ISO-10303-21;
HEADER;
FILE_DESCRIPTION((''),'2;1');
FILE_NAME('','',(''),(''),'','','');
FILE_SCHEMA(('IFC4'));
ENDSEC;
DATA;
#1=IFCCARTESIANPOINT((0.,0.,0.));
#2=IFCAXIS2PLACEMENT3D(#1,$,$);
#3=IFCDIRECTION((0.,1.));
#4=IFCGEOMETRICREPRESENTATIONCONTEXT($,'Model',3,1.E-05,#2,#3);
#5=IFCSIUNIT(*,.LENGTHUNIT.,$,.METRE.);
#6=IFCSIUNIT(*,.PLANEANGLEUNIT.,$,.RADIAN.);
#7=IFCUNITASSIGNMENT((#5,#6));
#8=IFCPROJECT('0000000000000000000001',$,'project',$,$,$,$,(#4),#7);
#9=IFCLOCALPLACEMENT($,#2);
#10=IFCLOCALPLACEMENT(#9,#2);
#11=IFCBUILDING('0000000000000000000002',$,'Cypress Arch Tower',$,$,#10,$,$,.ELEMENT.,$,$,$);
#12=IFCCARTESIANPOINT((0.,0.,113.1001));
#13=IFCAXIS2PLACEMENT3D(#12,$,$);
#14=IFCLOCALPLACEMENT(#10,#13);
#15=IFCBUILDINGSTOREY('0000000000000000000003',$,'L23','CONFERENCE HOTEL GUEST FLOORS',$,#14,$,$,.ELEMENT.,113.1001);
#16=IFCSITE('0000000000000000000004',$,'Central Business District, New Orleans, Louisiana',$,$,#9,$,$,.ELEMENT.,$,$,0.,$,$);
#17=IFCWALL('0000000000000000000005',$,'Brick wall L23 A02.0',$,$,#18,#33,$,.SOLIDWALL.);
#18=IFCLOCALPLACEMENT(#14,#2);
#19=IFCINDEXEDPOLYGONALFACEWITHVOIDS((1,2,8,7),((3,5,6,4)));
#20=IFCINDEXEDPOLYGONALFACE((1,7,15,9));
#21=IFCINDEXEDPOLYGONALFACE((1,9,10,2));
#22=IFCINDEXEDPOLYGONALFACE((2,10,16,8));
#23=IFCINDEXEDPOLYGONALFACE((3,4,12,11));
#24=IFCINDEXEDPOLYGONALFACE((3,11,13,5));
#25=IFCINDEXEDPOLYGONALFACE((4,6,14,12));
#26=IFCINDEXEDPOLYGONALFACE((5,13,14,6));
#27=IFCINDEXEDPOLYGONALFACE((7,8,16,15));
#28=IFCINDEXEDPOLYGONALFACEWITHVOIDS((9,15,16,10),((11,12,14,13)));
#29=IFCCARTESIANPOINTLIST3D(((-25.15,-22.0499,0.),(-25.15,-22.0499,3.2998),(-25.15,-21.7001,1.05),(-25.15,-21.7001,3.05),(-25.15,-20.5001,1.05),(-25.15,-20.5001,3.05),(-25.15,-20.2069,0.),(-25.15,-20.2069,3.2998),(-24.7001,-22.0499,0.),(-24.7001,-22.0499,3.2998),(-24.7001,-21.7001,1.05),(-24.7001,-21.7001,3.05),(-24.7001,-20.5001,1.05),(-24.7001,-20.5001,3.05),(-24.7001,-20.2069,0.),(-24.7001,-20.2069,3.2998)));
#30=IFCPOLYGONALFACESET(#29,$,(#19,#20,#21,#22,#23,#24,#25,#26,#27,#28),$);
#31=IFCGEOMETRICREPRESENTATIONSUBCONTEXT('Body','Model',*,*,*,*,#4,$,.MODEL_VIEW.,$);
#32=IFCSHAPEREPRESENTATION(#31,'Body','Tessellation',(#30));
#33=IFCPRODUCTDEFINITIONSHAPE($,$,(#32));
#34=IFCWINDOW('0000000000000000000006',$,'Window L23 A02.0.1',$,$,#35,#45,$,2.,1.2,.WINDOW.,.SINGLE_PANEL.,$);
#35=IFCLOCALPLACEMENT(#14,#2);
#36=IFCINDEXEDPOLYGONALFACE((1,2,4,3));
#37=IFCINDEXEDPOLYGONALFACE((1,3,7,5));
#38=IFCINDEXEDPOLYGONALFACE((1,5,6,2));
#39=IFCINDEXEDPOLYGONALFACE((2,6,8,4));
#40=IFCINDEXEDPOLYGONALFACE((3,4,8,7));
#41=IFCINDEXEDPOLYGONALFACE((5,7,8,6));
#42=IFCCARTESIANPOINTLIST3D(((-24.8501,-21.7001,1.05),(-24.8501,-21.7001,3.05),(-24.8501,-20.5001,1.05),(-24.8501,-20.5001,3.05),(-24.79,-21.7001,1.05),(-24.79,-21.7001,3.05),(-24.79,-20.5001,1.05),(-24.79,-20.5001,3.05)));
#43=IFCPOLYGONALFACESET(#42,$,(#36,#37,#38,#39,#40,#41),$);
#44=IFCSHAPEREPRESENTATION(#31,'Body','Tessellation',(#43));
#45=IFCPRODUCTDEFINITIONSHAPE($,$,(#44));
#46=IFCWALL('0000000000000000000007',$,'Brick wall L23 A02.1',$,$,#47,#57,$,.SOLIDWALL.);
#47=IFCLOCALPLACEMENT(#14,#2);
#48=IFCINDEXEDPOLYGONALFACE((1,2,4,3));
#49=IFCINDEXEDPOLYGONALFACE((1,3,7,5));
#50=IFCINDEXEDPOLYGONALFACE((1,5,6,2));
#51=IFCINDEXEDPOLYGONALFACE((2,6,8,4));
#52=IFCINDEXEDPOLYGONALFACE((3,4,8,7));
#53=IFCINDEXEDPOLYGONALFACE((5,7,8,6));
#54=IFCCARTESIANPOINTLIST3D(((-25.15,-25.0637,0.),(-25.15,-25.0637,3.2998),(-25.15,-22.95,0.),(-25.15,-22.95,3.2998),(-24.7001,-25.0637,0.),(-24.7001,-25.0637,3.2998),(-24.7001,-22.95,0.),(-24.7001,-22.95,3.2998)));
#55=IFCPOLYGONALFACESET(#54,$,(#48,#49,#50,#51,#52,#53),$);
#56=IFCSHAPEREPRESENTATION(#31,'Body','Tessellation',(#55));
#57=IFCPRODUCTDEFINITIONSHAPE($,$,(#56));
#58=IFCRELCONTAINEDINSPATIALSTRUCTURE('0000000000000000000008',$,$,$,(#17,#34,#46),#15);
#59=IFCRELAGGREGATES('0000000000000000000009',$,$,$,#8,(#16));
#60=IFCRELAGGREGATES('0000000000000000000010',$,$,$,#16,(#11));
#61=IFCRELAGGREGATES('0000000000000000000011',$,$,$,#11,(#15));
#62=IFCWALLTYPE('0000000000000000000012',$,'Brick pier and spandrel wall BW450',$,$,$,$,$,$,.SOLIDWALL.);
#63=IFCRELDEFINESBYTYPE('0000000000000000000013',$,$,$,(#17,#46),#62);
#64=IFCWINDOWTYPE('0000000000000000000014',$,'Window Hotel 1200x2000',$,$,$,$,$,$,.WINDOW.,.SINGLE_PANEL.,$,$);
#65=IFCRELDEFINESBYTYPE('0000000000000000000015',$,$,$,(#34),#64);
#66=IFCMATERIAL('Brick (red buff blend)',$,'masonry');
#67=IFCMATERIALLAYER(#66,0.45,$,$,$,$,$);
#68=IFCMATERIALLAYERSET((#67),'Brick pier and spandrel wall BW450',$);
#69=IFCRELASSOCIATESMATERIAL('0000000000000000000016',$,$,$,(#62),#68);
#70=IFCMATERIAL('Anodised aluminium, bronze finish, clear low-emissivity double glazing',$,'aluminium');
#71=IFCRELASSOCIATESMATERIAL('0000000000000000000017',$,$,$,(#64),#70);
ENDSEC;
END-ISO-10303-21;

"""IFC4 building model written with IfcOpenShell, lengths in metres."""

from ifc_helpers import new_model, si_unit, direction, frame, frame_2d, origin, place, context, subcontext, project, spatial, rectangle, extrude, material, layer, layer_set, type_object, element, fill, save


model = new_model("IFC4")

# Units and contexts
model_context = context("Model", 3, precision=1e-05, world=origin(), true_north=direction((0.0, 1.0)))
body_context = subcontext(model_context, "Body", "Model", "MODEL_VIEW")
ifc_project = project(units=[si_unit("LENGTHUNIT", "METRE"), si_unit("PLANEANGLEUNIT", "RADIAN")], contexts=[model_context])

# Site, building, storey
site_placement = place(None, origin())
site = spatial("IfcSite", under=ifc_project, at=site_placement, Name="Central Business District, New Orleans, Louisiana", CompositionType="ELEMENT", RefElevation=0.0)
building_placement = place(site_placement, origin())
building = spatial("IfcBuilding", under=site, at=building_placement, Name="Cypress Arch Tower", CompositionType="ELEMENT")
storey_placement = place(building_placement, frame((0.0, 0.0, 113.1001)))
storey = spatial("IfcBuildingStorey", under=building, at=storey_placement, Name="L23", Description="CONFERENCE HOTEL GUEST FLOORS", CompositionType="ELEMENT", Elevation=113.1001)

# Wall, opening, window
ifc_material_1 = material(Name="Brick (red buff blend)", Category="masonry")
ifc_layer_1 = layer(ifc_material_1, 0.45)
ifc_layer_set_1 = layer_set([ifc_layer_1], Name="Brick pier and spandrel wall BW450")
wall_type_1 = type_object("IfcWallType", Name="Brick pier and spandrel wall BW450", PredefinedType="SOLIDWALL", material=ifc_layer_set_1)
wall_1_placement = place(storey_placement, frame((-24.925, -20.207, 0.0), z_axis=(0.0, 0.0, 1.0), x_axis=(0.0, -1.0, 0.0)))
wall_1 = element("IfcWall", 1, at=wall_1_placement, inside=storey, type_object=wall_type_1, Name="Brick wall L23 A02.0", PredefinedType="SOLIDWALL", context=body_context, shape_type="SweptSolid", body=[
    extrude(rectangle(XDim=1.843, YDim=0.45, at=frame_2d((0.9214, 0.0))), origin(), (0.0, 0.0, 1.0), 3.2998),
])
opening_1_placement = place(wall_1_placement, frame((0.293, 0.0, 1.05)))
opening_1 = element("IfcOpeningElement", 2, at=opening_1_placement, cuts=wall_1, PredefinedType="OPENING", context=body_context, shape_type="SweptSolid", body=[
    extrude(rectangle(XDim=1.2, YDim=2.0, at=frame_2d((0.6001, 1.0))), frame((0.0, 0.2349, 0.0), z_axis=(0.0, -1.0, 0.0), x_axis=(1.0, 0.0, 0.0)), (0.0, 0.0, 1.0), 0.47),
])
ifc_material_2 = material(Name="Anodised aluminium, bronze finish, clear low-emissivity double glazing", Category="aluminium")
window_type_1 = type_object("IfcWindowType", Name="Window Hotel 1200x2000", PartitioningType="SINGLE_PANEL", PredefinedType="WINDOW", material=ifc_material_2)
window_1_placement = place(opening_1_placement, origin())
window_1 = element("IfcWindow", 3, at=window_1_placement, inside=storey, type_object=window_type_1, Name="Window L23 A02.0.1", OverallHeight=2.0, OverallWidth=1.2, PartitioningType="SINGLE_PANEL", PredefinedType="WINDOW", context=body_context, shape_type="SweptSolid", body=[
    extrude(rectangle(XDim=1.2, YDim=2.0, at=frame_2d((0.6001, 1.0))), frame((0.0, 0.135, 0.0), z_axis=(0.0, -1.0, 0.0), x_axis=(1.0, 0.0, 0.0)), (0.0, 0.0, 1.0), 0.0601),
])
fill(opening_1, window_1)

# Wall
wall_2_placement = place(storey_placement, frame((-24.925, -22.95, 0.0), z_axis=(0.0, 0.0, 1.0), x_axis=(0.0, -1.0, 0.0)))
element("IfcWall", 4, at=wall_2_placement, inside=storey, type_object=wall_type_1, Name="Brick wall L23 A02.1", PredefinedType="SOLIDWALL", context=body_context, shape_type="SweptSolid", body=[
    extrude(rectangle(XDim=2.1138, YDim=0.45, at=frame_2d((1.0569, 0.0))), origin(), (0.0, 0.0, 1.0), 3.2998),
])

save(model, "model.ifc")
